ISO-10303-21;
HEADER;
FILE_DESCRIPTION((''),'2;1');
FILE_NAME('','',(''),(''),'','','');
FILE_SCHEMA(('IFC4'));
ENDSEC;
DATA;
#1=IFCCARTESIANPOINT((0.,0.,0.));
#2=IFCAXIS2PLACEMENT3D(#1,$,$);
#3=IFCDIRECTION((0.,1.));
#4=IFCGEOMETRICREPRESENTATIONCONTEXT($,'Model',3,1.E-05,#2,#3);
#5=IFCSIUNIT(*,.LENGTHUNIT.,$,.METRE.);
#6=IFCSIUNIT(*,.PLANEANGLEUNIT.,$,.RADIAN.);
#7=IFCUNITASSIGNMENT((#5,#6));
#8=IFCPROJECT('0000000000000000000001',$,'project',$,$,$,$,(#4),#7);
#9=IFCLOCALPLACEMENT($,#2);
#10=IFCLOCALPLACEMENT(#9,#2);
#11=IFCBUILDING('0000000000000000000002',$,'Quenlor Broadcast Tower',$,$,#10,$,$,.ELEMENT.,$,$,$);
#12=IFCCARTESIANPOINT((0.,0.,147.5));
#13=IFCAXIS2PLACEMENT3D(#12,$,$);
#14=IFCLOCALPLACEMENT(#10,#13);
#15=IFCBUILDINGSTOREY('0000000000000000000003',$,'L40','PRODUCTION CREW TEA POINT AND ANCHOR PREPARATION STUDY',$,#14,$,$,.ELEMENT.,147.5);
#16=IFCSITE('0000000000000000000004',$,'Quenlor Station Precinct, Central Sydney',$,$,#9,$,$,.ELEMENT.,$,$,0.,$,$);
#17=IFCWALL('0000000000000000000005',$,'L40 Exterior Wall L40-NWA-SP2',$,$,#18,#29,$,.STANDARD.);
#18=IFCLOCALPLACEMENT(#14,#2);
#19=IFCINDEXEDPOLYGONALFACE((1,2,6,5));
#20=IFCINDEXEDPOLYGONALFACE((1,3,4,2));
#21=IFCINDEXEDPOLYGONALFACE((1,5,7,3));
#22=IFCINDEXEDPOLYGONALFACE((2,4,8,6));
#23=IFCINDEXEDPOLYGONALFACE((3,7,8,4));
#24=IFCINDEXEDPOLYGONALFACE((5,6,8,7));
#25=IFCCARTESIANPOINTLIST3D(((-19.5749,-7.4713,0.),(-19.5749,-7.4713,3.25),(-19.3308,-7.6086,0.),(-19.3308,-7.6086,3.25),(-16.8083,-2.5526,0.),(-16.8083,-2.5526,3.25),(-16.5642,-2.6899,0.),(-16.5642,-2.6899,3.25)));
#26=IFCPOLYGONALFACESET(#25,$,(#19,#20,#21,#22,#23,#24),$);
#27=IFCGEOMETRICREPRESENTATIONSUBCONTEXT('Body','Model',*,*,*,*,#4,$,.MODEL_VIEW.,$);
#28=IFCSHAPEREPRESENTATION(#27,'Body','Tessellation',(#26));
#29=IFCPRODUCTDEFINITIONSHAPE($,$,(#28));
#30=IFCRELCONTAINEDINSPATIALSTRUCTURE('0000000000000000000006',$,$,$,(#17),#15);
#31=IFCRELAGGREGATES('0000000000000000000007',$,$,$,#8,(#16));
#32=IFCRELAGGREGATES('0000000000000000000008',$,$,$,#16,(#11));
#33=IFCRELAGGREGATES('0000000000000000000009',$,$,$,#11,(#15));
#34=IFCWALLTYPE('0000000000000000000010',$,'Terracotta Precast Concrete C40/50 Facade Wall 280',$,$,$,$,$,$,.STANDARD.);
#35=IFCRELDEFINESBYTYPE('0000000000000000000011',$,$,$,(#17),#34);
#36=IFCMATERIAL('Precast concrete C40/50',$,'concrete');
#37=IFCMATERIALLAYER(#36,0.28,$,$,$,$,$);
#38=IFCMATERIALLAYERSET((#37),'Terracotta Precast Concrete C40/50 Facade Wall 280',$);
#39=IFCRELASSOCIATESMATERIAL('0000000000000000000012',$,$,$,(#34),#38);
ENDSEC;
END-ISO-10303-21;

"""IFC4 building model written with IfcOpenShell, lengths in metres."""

from ifc_helpers import new_model, si_unit, direction, frame, frame_2d, origin, place, context, subcontext, project, spatial, rectangle, extrude, material, layer, layer_set, type_object, element, save


model = new_model("IFC4")

# Units and contexts
model_context = context("Model", 3, precision=1e-05, world=origin(), true_north=direction((0.0, 1.0)))
body_context = subcontext(model_context, "Body", "Model", "MODEL_VIEW")
ifc_project = project(units=[si_unit("LENGTHUNIT", "METRE"), si_unit("PLANEANGLEUNIT", "RADIAN")], contexts=[model_context])

# Site, building, storey
site_placement = place(None, origin())
site = spatial("IfcSite", under=ifc_project, at=site_placement, Name="Quenlor Station Precinct, Central Sydney", CompositionType="ELEMENT", RefElevation=0.0)
building_placement = place(site_placement, origin())
building = spatial("IfcBuilding", under=site, at=building_placement, Name="Quenlor Broadcast Tower", CompositionType="ELEMENT")
storey_placement = place(building_placement, frame((0.0, 0.0, 147.5)))
storey = spatial("IfcBuildingStorey", under=building, at=storey_placement, Name="L40", Description="PRODUCTION CREW TEA POINT AND ANCHOR PREPARATION STUDY", CompositionType="ELEMENT", Elevation=147.5)

# Wall
ifc_material_1 = material(Name="Precast concrete C40/50", Category="concrete")
ifc_layer_1 = layer(ifc_material_1, 0.28)
ifc_layer_set_1 = layer_set([ifc_layer_1], Name="Terracotta Precast Concrete C40/50 Facade Wall 280")
wall_type_1 = type_object("IfcWallType", Name="Terracotta Precast Concrete C40/50 Facade Wall 280", PredefinedType="STANDARD", material=ifc_layer_set_1)
wall_1_placement = place(storey_placement, frame((-19.4529, -7.54, 0.0), z_axis=(0.0, 0.0, 1.0), x_axis=(0.490239, 0.871588, 0.0)))
element("IfcWall", 1, at=wall_1_placement, inside=storey, type_object=wall_type_1, Name="L40 Exterior Wall L40-NWA-SP2", PredefinedType="STANDARD", context=body_context, shape_type="SweptSolid", body=[
    extrude(rectangle(XDim=5.6433, YDim=0.28, at=frame_2d((2.8218, 0.0))), origin(), (0.0, 0.0, 1.0), 3.25),
])

save(model, "model.ifc")
